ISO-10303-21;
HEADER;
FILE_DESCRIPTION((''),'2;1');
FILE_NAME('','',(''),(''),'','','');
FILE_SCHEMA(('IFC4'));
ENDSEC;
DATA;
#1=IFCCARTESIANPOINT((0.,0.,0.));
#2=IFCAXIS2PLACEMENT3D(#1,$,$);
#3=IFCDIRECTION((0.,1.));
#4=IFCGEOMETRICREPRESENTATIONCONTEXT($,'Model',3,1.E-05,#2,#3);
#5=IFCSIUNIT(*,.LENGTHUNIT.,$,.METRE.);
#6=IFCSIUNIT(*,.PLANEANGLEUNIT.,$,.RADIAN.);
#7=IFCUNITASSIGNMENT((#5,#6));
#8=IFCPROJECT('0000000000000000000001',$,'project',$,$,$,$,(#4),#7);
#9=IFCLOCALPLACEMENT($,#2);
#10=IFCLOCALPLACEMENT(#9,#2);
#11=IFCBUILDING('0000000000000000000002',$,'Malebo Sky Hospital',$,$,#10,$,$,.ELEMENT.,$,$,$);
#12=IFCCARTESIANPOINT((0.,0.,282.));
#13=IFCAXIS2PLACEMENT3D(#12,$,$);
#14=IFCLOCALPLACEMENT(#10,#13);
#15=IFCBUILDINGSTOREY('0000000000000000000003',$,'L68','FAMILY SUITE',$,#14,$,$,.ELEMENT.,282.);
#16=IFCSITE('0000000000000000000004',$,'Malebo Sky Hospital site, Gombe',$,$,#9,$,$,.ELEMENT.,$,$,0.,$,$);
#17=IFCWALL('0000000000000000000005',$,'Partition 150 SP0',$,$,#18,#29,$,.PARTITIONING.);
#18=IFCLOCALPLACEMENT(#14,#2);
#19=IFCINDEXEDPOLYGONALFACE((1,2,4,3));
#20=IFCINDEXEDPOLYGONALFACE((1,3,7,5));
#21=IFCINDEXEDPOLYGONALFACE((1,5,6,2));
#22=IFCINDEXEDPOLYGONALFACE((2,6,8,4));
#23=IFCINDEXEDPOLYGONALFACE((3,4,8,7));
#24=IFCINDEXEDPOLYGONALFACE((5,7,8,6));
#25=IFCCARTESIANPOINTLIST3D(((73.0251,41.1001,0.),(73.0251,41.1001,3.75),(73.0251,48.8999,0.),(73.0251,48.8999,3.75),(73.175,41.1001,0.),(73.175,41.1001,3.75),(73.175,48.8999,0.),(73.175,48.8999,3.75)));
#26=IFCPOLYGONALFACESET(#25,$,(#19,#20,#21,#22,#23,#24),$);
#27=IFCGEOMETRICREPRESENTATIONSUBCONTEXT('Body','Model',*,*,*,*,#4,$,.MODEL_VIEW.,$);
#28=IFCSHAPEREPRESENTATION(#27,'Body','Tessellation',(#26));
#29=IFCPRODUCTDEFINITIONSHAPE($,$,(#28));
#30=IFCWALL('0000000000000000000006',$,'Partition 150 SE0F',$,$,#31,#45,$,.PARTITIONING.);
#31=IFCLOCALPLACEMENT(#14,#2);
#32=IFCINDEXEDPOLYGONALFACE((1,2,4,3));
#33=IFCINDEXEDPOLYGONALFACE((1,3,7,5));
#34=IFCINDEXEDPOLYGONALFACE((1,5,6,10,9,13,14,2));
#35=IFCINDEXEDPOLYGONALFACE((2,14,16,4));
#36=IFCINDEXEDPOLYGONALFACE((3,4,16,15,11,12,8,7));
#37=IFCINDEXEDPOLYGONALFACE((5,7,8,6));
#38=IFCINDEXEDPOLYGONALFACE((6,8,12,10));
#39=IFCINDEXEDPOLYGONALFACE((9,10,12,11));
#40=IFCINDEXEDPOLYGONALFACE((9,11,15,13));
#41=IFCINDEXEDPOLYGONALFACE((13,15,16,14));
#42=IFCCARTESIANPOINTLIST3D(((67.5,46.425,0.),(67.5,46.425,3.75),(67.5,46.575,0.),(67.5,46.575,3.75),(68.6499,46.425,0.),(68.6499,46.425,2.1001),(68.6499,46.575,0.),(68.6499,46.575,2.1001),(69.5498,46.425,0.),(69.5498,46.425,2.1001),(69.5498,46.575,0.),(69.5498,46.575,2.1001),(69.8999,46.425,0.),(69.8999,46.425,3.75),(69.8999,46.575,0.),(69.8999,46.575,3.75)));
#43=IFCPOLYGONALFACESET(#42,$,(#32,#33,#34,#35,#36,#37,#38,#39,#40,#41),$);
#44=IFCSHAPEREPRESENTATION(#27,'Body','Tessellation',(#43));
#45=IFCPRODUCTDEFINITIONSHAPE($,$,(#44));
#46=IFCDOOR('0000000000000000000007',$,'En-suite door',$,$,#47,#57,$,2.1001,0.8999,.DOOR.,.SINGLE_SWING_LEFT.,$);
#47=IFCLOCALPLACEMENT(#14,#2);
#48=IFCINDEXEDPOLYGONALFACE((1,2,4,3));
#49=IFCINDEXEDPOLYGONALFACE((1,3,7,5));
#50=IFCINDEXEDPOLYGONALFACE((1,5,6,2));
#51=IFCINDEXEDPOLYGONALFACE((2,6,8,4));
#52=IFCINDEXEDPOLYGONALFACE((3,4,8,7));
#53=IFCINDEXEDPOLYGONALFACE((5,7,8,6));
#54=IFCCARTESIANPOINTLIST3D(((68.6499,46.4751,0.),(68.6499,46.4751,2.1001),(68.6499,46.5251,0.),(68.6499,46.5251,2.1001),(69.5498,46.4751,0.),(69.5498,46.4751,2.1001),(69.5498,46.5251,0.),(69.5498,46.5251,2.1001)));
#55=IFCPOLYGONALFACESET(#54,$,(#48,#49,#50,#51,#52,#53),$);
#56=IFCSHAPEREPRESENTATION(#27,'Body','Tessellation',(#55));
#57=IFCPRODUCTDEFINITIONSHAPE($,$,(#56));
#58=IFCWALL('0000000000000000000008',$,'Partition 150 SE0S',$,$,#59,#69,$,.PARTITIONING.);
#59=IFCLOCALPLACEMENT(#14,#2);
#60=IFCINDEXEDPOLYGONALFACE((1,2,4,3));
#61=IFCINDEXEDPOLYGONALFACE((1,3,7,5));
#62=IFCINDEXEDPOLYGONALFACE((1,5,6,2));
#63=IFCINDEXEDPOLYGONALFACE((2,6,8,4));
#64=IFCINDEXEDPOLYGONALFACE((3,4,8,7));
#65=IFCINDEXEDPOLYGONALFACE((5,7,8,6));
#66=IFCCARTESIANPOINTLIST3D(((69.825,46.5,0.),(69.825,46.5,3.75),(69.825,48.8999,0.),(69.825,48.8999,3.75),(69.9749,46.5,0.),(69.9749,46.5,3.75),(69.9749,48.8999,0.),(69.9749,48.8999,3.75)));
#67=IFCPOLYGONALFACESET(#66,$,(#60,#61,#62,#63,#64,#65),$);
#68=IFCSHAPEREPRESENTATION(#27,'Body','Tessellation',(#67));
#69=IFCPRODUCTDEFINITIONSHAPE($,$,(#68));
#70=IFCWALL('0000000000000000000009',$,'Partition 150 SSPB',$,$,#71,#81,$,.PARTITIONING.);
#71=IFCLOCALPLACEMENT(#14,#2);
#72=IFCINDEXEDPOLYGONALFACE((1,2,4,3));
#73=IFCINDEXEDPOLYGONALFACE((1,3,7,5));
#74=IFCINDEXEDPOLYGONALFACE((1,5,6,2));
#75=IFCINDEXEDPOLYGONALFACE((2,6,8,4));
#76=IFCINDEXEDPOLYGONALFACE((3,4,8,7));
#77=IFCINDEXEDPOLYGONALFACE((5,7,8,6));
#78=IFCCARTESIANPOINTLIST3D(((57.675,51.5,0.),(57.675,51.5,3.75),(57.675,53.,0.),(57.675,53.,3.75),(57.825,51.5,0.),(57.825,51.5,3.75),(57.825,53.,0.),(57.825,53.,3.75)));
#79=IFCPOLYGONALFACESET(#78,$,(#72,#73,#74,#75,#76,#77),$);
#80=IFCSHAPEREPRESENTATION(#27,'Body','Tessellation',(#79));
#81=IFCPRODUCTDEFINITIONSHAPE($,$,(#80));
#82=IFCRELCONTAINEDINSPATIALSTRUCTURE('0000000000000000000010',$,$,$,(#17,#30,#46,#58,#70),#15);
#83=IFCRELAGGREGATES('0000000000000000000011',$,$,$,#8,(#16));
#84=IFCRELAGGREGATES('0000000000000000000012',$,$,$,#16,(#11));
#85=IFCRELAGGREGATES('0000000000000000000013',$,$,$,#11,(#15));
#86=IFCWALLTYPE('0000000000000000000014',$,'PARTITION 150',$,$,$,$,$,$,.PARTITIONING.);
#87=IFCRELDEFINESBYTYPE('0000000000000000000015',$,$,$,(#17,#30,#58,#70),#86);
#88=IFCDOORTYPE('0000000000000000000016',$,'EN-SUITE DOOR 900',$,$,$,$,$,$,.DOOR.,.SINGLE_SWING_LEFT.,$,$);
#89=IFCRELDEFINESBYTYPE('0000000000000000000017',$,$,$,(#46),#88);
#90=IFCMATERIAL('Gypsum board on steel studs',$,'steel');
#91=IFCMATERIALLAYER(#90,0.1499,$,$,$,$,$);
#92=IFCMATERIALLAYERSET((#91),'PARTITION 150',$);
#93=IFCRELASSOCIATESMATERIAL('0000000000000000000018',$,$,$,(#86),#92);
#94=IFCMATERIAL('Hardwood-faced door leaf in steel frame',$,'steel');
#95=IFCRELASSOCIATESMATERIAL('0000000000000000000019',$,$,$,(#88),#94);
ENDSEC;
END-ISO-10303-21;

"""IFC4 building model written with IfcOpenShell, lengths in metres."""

from ifc_helpers import new_model, si_unit, direction, frame, frame_2d, origin, place, context, subcontext, project, spatial, rectangle, extrude, material, layer, layer_set, type_object, element, fill, save


model = new_model("IFC4")

# Units and contexts
model_context = context("Model", 3, precision=1e-05, world=origin(), true_north=direction((0.0, 1.0)))
body_context = subcontext(model_context, "Body", "Model", "MODEL_VIEW")
ifc_project = project(units=[si_unit("LENGTHUNIT", "METRE"), si_unit("PLANEANGLEUNIT", "RADIAN")], contexts=[model_context])

# Site, building, storey
site_placement = place(None, origin())
site = spatial("IfcSite", under=ifc_project, at=site_placement, Name="Malebo Sky Hospital site, Gombe", CompositionType="ELEMENT", RefElevation=0.0)
building_placement = place(site_placement, origin())
building = spatial("IfcBuilding", under=site, at=building_placement, Name="Malebo Sky Hospital", CompositionType="ELEMENT")
storey_placement = place(building_placement, frame((0.0, 0.0, 282.0)))
storey = spatial("IfcBuildingStorey", under=building, at=storey_placement, Name="L68", Description="FAMILY SUITE", CompositionType="ELEMENT", Elevation=282.0)

# Shared definitions
ifc_material_1 = material(Name="Gypsum board on steel studs", Category="steel")
ifc_material_2 = material(Name="Hardwood-faced door leaf in steel frame", Category="steel")

# Wall
ifc_layer_1 = layer(ifc_material_1, 0.1499)
ifc_layer_set_1 = layer_set([ifc_layer_1], Name="PARTITION 150")
wall_type_1 = type_object("IfcWallType", Name="PARTITION 150", PredefinedType="PARTITIONING", material=ifc_layer_set_1)
for number, where, z_axis, x_axis, name in (
    (1, (73.1001, 48.8999, 0.0), (0.0, 0.0, 1.0), (0.0, -1.0, 0.0), "Partition 150 SP0"),
):
    element("IfcWall", number, at=place(storey_placement, frame(where, z_axis=z_axis, x_axis=x_axis)), inside=storey, type_object=wall_type_1, Name=name, PredefinedType="PARTITIONING", context=body_context, shape_type="SweptSolid", body=[
        extrude(rectangle(XDim=7.7998, YDim=0.1499, at=frame_2d((3.8999, 0.0))), origin(), (0.0, 0.0, 1.0), 3.75),
    ])

# Wall, opening, door
wall_1_placement = place(storey_placement, frame((69.8999, 46.5, 0.0), z_axis=(0.0, 0.0, 1.0), x_axis=(-1.0, 0.0, 0.0)))
wall_1 = element("IfcWall", 2, at=wall_1_placement, inside=storey, type_object=wall_type_1, Name="Partition 150 SE0F", PredefinedType="PARTITIONING", context=body_context, shape_type="SweptSolid", body=[
    extrude(rectangle(XDim=2.3999, YDim=0.1499, at=frame_2d((1.2, 0.0))), origin(), (0.0, 0.0, 1.0), 3.75),
])
opening_1_placement = place(wall_1_placement, frame((0.3501, 0.0, 0.0)))
opening_1 = element("IfcOpeningElement", 3, at=opening_1_placement, cuts=wall_1, PredefinedType="OPENING", context=body_context, shape_type="SweptSolid", body=[
    extrude(rectangle(XDim=0.8999, YDim=2.1001, at=frame_2d((0.45, 1.05))), frame((0.0, 0.085, 0.0), z_axis=(0.0, -1.0, 0.0), x_axis=(1.0, 0.0, 0.0)), (0.0, 0.0, 1.0), 0.1699),
])
door_type_1 = type_object("IfcDoorType", Name="EN-SUITE DOOR 900", OperationType="SINGLE_SWING_LEFT", PredefinedType="DOOR", material=ifc_material_2)
door_1_placement = place(opening_1_placement, origin())
door_1 = element("IfcDoor", 4, at=door_1_placement, inside=storey, type_object=door_type_1, Name="En-suite door", OperationType="SINGLE_SWING_LEFT", OverallHeight=2.1001, OverallWidth=0.8999, PredefinedType="DOOR", context=body_context, shape_type="SweptSolid", body=[
    extrude(rectangle(XDim=0.8999, YDim=2.1001, at=frame_2d((0.45, 1.05))), frame((0.0, 0.0249, 0.0), z_axis=(0.0, -1.0, 0.0), x_axis=(1.0, 0.0, 0.0)), (0.0, 0.0, 1.0), 0.05),
])
fill(opening_1, door_1)

# Walls
wall_2_placement = place(storey_placement, frame((69.8999, 48.8999, 0.0), z_axis=(0.0, 0.0, 1.0), x_axis=(0.0, -1.0, 0.0)))
element("IfcWall", 5, at=wall_2_placement, inside=storey, type_object=wall_type_1, Name="Partition 150 SE0S", PredefinedType="PARTITIONING", context=body_context, shape_type="SweptSolid", body=[
    extrude(rectangle(XDim=2.3999, YDim=0.1499, at=frame_2d((1.2, 0.0))), origin(), (0.0, 0.0, 1.0), 3.75),
])
wall_3_placement = place(storey_placement, frame((57.75, 53.0, 0.0), z_axis=(0.0, 0.0, 1.0), x_axis=(0.0, -1.0, 0.0)))
element("IfcWall", 6, at=wall_3_placement, inside=storey, type_object=wall_type_1, Name="Partition 150 SSPB", PredefinedType="PARTITIONING", context=body_context, shape_type="SweptSolid", body=[
    extrude(rectangle(XDim=1.5, YDim=0.1499, at=frame_2d((0.75, 0.0))), origin(), (0.0, 0.0, 1.0), 3.75),
])

save(model, "model.ifc")
